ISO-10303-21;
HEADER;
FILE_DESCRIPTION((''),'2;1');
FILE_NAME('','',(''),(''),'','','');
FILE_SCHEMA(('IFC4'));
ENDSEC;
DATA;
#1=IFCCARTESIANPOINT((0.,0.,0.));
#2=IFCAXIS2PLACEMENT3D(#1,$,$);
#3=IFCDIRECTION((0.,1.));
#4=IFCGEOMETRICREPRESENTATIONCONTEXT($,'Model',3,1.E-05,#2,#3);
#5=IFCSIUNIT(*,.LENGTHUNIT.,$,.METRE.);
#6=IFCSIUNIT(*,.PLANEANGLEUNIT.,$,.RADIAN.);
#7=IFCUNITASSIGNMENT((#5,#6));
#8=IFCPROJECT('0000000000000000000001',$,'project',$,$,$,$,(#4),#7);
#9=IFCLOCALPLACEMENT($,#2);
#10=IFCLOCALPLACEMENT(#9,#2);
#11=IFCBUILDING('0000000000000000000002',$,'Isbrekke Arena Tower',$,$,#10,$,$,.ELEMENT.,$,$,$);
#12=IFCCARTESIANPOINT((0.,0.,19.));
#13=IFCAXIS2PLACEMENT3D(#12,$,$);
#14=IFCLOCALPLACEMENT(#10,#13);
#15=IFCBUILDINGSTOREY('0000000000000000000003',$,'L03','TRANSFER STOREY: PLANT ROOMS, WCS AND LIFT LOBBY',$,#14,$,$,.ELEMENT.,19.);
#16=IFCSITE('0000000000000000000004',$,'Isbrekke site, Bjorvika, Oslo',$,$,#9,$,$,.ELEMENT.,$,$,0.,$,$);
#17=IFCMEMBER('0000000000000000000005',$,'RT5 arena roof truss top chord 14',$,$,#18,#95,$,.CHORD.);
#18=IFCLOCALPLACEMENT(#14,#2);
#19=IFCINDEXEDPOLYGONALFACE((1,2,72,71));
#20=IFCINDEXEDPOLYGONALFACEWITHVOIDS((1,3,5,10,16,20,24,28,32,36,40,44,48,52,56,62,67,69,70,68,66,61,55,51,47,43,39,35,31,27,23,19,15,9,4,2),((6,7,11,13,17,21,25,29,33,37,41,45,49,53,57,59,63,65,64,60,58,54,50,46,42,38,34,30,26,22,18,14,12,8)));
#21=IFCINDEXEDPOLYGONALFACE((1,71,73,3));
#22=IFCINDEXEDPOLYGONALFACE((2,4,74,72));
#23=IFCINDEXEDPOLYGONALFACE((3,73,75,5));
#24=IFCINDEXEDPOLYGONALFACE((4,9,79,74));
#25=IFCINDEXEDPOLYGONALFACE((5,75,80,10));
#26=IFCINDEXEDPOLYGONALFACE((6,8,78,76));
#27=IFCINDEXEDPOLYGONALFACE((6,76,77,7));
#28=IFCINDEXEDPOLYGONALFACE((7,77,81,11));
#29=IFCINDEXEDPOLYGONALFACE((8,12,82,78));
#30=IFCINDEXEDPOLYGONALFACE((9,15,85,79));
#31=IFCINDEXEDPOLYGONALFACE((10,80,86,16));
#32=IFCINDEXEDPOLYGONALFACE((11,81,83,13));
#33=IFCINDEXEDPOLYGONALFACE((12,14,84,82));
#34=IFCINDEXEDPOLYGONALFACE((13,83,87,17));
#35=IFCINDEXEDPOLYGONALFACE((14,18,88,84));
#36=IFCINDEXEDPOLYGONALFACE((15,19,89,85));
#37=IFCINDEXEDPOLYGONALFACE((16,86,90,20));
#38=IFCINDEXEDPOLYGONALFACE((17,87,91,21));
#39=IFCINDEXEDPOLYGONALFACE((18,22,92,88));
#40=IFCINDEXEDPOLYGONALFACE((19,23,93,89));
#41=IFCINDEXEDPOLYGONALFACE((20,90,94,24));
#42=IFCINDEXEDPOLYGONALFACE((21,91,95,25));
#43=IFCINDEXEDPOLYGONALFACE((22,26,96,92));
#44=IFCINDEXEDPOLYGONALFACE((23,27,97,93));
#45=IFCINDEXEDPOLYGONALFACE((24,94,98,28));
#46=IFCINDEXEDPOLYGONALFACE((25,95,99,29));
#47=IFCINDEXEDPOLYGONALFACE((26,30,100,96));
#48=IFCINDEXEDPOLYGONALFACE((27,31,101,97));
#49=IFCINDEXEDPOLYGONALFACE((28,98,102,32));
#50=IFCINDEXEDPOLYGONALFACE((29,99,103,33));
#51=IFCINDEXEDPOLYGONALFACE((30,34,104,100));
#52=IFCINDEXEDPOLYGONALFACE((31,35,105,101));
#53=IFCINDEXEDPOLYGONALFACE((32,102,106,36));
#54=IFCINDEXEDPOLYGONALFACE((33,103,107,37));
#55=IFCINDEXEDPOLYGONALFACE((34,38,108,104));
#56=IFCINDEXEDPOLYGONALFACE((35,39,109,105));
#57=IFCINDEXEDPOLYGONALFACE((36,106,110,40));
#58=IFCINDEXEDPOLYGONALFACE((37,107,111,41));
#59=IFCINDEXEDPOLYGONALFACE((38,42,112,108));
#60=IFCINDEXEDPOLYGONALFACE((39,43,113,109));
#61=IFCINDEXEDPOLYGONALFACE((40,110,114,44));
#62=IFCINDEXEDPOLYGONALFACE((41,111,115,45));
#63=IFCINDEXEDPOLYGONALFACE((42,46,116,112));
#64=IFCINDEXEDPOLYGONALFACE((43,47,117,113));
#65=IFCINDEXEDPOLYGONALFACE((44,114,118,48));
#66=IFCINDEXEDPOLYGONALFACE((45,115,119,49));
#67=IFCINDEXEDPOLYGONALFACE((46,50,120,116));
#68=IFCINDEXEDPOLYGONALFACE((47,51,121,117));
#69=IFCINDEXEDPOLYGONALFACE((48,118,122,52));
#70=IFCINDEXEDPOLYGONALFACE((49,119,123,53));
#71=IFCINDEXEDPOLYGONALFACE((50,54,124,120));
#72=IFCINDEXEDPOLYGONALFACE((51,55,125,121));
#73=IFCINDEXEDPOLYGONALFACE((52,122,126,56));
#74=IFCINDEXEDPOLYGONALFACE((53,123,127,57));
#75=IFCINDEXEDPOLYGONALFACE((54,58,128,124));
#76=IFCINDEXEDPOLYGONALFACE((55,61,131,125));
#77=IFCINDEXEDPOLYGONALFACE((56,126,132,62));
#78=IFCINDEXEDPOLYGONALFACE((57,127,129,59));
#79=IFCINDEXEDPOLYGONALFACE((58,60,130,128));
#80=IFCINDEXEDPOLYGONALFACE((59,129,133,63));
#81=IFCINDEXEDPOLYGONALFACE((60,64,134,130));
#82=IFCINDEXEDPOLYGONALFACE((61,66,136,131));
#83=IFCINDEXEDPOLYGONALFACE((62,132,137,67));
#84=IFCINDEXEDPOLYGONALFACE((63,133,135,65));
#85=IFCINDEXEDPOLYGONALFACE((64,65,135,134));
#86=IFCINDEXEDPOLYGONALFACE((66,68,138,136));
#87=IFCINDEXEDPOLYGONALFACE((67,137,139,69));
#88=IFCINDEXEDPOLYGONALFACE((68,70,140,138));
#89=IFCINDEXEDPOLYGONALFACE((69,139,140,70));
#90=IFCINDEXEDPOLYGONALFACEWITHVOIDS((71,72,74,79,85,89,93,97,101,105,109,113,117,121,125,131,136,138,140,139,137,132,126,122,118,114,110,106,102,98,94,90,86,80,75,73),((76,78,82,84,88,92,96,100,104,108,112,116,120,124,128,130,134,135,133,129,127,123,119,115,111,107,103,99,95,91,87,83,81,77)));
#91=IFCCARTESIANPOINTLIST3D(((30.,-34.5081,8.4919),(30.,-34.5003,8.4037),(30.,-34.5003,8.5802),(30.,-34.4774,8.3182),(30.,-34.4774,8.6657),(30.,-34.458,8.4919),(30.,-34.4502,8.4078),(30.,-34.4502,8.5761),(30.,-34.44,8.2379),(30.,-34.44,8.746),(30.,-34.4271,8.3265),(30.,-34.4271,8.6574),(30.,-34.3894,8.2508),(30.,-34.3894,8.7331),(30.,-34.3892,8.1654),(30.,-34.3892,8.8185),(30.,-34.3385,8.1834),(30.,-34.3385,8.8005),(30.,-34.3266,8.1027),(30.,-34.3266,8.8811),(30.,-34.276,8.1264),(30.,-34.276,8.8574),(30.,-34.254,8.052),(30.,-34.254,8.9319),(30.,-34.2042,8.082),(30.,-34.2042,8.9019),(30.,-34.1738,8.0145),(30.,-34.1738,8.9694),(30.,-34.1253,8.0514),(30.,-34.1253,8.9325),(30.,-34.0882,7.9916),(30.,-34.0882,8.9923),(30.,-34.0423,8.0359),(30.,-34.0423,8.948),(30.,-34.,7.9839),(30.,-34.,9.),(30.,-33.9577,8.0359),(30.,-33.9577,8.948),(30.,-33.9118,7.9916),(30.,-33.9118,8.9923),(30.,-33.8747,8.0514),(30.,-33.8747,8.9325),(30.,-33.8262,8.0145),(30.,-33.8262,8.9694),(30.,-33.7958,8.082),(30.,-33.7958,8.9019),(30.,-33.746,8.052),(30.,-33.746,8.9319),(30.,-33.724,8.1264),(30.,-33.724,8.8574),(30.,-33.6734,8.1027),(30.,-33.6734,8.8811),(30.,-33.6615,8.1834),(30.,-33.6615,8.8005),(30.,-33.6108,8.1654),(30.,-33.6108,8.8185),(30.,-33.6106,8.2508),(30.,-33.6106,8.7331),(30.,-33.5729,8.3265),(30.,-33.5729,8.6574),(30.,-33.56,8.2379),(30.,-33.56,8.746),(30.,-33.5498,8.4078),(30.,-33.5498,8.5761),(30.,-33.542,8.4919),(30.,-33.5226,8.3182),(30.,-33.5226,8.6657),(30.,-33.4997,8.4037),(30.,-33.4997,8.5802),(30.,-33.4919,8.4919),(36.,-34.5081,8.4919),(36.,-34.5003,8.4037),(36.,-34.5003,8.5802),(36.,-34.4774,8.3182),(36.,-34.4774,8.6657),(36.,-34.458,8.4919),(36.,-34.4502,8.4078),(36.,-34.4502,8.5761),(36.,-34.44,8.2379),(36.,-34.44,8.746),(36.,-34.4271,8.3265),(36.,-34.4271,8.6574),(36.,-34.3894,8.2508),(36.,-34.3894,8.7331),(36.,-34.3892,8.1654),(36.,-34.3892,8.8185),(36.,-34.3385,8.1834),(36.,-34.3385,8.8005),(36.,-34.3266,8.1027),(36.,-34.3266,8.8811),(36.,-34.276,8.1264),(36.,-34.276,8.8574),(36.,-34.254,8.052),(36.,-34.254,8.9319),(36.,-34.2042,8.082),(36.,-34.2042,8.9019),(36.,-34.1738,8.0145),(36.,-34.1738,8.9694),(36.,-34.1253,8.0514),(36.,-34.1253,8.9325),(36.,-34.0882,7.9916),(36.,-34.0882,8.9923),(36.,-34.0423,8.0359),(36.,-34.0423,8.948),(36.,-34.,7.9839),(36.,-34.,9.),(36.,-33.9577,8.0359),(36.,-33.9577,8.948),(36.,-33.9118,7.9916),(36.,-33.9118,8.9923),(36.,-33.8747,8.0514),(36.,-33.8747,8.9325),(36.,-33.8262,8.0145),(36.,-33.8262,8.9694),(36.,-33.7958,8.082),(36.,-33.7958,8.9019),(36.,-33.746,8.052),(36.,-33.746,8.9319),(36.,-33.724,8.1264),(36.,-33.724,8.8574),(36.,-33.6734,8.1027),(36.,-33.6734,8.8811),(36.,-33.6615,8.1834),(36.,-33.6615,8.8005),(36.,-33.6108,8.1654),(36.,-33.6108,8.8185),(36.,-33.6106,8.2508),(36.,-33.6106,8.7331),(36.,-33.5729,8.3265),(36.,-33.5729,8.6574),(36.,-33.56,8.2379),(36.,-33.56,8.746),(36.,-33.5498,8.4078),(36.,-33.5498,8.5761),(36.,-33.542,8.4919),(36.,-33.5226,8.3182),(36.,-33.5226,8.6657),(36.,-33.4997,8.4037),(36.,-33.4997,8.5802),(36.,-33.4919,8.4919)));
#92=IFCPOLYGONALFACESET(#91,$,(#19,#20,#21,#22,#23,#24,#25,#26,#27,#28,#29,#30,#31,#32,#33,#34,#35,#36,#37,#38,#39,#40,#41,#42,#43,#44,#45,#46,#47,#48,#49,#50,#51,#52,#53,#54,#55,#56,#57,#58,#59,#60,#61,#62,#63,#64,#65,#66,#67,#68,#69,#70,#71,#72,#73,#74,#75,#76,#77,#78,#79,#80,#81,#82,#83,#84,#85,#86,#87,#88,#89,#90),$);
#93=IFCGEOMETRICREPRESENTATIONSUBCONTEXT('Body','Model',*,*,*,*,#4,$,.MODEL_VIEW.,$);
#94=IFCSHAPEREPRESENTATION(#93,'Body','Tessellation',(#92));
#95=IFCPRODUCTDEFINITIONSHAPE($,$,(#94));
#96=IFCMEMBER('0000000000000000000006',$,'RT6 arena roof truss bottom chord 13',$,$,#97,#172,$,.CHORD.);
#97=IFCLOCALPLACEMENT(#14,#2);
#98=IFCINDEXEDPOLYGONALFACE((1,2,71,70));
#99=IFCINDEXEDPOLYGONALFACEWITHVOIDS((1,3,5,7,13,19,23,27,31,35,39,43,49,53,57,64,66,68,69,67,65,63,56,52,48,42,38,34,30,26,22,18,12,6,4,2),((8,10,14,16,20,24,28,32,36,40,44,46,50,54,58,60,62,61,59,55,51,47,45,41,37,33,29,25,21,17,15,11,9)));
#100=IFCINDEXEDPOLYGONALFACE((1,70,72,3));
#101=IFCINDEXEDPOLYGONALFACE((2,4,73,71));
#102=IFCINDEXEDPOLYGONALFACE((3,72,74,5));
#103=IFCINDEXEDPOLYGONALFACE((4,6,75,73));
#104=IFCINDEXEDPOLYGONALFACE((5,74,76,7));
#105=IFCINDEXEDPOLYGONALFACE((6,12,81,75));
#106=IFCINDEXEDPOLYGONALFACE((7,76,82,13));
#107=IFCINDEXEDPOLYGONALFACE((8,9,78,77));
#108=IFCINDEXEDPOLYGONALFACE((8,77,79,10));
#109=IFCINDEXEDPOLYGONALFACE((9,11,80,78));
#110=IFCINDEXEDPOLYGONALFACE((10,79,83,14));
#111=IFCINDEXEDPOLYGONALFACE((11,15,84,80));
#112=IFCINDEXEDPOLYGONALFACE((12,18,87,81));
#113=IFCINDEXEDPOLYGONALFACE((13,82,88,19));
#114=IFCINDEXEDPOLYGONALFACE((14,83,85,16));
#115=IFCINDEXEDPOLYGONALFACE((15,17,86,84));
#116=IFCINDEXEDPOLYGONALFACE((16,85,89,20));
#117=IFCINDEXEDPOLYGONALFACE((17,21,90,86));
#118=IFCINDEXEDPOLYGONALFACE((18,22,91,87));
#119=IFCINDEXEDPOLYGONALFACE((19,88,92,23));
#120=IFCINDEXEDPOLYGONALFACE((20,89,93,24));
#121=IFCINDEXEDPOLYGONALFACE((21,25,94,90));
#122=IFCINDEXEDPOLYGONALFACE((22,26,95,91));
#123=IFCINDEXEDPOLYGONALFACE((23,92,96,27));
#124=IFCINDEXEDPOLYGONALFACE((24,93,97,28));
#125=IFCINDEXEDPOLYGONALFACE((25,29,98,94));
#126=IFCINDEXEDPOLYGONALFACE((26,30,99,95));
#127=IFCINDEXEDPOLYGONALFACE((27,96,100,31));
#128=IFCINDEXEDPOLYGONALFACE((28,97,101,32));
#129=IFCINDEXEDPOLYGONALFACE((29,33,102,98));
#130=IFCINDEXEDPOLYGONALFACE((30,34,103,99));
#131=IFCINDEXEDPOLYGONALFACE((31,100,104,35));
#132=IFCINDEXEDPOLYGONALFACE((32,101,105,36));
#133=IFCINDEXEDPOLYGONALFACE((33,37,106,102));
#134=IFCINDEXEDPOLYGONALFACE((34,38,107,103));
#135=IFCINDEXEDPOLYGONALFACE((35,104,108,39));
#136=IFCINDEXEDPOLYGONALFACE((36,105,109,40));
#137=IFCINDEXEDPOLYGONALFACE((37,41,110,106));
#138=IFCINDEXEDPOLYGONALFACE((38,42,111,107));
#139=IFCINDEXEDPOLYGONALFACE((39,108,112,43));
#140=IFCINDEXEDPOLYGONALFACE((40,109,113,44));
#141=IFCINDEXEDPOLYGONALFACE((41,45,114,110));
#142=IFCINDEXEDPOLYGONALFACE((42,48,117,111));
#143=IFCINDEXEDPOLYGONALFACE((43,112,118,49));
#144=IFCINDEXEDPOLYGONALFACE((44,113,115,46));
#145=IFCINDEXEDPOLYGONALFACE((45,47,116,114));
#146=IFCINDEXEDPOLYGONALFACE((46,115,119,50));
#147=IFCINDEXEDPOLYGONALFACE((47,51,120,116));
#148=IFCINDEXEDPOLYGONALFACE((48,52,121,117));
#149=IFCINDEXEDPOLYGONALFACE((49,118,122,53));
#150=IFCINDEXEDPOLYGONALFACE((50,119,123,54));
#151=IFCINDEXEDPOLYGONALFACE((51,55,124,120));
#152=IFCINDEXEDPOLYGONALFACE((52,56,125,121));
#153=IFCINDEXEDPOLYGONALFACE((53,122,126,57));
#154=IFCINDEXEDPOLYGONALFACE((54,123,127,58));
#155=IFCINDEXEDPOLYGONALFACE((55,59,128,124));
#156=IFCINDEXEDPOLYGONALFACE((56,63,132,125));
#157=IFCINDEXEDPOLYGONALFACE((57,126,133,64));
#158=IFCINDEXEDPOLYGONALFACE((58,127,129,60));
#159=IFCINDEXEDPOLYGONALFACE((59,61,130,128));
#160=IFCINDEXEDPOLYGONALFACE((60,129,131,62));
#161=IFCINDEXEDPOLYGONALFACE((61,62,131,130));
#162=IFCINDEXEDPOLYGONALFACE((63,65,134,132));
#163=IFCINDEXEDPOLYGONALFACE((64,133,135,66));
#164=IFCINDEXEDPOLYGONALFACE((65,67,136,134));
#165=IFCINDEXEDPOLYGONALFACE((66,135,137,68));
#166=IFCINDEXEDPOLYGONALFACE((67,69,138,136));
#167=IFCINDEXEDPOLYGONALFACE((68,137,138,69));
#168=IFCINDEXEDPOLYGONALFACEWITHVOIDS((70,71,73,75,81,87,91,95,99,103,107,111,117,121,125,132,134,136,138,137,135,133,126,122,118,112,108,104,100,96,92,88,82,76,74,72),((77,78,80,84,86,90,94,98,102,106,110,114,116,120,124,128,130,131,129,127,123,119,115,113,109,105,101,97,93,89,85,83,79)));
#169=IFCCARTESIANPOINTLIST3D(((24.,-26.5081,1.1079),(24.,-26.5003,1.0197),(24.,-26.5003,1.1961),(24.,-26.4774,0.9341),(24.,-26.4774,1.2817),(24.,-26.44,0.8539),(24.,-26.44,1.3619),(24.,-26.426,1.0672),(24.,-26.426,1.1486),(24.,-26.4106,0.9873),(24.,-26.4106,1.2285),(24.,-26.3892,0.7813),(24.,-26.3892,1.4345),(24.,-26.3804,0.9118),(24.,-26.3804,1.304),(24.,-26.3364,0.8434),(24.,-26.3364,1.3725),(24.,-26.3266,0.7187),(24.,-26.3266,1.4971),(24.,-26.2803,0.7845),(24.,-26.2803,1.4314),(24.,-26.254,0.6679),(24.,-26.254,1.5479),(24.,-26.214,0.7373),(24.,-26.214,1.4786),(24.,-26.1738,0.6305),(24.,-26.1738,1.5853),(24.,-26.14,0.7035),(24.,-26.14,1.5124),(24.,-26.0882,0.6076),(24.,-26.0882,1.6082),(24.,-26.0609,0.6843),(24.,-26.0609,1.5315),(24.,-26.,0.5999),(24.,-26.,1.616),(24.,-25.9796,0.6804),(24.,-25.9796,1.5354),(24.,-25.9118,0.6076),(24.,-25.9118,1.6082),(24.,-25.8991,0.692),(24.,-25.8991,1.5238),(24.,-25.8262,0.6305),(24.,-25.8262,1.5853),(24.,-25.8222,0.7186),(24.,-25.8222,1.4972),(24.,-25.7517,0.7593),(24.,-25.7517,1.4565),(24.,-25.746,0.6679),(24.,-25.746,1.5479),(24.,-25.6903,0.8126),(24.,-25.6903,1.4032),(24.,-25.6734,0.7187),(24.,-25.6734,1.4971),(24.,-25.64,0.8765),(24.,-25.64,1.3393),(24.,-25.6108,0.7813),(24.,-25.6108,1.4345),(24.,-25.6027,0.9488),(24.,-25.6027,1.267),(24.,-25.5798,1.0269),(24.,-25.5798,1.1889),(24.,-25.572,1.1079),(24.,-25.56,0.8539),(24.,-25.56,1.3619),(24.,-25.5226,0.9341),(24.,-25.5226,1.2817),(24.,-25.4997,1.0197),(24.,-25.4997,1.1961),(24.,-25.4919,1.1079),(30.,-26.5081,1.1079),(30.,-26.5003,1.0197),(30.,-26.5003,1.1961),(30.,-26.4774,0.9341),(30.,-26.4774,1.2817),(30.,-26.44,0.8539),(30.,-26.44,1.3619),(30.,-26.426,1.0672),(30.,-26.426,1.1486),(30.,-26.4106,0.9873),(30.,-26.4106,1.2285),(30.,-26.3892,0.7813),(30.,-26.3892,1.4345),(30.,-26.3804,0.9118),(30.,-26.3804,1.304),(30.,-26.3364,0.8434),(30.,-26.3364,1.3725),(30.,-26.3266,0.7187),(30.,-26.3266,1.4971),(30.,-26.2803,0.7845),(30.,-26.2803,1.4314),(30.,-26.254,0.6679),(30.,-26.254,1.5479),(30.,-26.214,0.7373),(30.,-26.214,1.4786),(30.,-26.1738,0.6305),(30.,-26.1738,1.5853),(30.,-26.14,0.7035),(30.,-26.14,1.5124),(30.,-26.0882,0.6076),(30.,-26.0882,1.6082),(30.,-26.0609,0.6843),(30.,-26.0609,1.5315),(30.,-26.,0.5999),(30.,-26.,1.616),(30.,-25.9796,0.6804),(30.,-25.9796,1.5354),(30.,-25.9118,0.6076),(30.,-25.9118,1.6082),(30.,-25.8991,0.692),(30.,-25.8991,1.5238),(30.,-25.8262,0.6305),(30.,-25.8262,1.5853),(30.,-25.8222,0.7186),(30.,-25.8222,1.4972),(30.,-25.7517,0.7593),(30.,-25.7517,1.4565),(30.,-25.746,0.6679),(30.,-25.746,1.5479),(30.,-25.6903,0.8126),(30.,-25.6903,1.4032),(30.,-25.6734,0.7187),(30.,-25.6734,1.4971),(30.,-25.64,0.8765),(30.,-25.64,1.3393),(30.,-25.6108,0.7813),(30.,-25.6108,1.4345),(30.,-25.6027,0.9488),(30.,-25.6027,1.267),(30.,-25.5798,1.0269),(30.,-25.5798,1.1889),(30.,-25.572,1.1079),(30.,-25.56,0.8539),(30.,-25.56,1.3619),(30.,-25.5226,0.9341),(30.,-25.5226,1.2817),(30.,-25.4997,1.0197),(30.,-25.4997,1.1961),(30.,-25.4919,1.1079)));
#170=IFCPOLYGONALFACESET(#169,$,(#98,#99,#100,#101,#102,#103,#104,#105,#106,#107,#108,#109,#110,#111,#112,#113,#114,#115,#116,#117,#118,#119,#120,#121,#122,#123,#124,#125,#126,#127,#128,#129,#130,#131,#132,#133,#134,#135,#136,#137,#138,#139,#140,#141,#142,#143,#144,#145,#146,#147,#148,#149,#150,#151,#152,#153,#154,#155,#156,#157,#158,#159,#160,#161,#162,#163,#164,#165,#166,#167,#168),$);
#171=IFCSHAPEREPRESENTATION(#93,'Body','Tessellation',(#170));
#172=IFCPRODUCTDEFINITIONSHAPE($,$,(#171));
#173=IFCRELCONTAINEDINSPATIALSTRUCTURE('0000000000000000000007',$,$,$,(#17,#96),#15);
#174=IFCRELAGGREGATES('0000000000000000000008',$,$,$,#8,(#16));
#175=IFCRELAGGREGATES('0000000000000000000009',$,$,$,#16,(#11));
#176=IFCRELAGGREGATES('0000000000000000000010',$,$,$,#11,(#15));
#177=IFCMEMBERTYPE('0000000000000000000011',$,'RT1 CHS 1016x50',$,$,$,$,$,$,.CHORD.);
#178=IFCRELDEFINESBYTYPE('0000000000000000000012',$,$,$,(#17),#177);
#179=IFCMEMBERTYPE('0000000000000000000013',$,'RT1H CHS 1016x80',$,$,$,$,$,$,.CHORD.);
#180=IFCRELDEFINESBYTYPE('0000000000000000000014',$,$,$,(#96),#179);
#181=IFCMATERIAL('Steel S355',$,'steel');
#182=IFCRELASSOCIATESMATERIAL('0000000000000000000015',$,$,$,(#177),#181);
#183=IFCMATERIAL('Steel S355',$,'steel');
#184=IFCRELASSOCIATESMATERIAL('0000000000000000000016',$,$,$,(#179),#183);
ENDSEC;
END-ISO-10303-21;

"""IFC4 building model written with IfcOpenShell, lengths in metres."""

from ifc_helpers import new_model, si_unit, direction, frame, origin, origin_2d, place, context, subcontext, project, spatial, hollow_circle, extrude, material, material_profile, profile_set, type_object, element, save


model = new_model("IFC4")

# Units and contexts
model_context = context("Model", 3, precision=1e-05, world=origin(), true_north=direction((0.0, 1.0)))
body_context = subcontext(model_context, "Body", "Model", "MODEL_VIEW")
ifc_project = project(units=[si_unit("LENGTHUNIT", "METRE"), si_unit("PLANEANGLEUNIT", "RADIAN")], contexts=[model_context])

# Site, building, storey
site_placement = place(None, origin())
site = spatial("IfcSite", under=ifc_project, at=site_placement, Name="Isbrekke site, Bjorvika, Oslo", CompositionType="ELEMENT", RefElevation=0.0)
building_placement = place(site_placement, origin())
building = spatial("IfcBuilding", under=site, at=building_placement, Name="Isbrekke Arena Tower", CompositionType="ELEMENT")
storey_placement = place(building_placement, frame((0.0, 0.0, 19.0)))
storey = spatial("IfcBuildingStorey", under=building, at=storey_placement, Name="L03", Description="TRANSFER STOREY: PLANT ROOMS, WCS AND LIFT LOBBY", CompositionType="ELEMENT", Elevation=19.0)

# Members
ifc_material_1 = material(Name="Steel S355", Category="steel")
ifc_material_profile_1 = material_profile(ifc_material_1, hollow_circle(Radius=0.5081, WallThickness=0.05, at=origin_2d()), Name="CHS 1016x50")
ifc_profile_set_1 = profile_set([ifc_material_profile_1], Name="Steel S355")
member_type_1 = type_object("IfcMemberType", Name="RT1 CHS 1016x50", PredefinedType="CHORD", material=ifc_profile_set_1)
for number, where, z_axis, x_axis, name in (
    (1, (30.0, -34.0, 8.4919), (1.0, 0.0, 0.0), (0.0, 1.0, 0.0), "RT5 arena roof truss top chord 14"),
):
    element("IfcMember", number, at=place(storey_placement, frame(where, z_axis=z_axis, x_axis=x_axis)), inside=storey, type_object=member_type_1, Name=name, PredefinedType="CHORD", context=body_context, shape_type="SweptSolid", body=[
        extrude(hollow_circle(Radius=0.5081, WallThickness=0.05, at=origin_2d()), origin(), (0.0, 0.0, 1.0), 6.0),
    ])
ifc_material_2 = material(Name="Steel S355", Category="steel")
ifc_material_profile_2 = material_profile(ifc_material_2, hollow_circle(Radius=0.5081, WallThickness=0.0801, at=origin_2d()), Name="CHS 1016x80")
ifc_profile_set_2 = profile_set([ifc_material_profile_2], Name="Steel S355")
member_type_2 = type_object("IfcMemberType", Name="RT1H CHS 1016x80", PredefinedType="CHORD", material=ifc_profile_set_2)
for number, where, z_axis, x_axis, name in (
    (2, (24.0, -26.0, 1.1079), (1.0, 0.0, 0.0), (0.0, 1.0, 0.0), "RT6 arena roof truss bottom chord 13"),
):
    element("IfcMember", number, at=place(storey_placement, frame(where, z_axis=z_axis, x_axis=x_axis)), inside=storey, type_object=member_type_2, Name=name, PredefinedType="CHORD", context=body_context, shape_type="SweptSolid", body=[
        extrude(hollow_circle(Radius=0.5081, WallThickness=0.0801, at=origin_2d()), origin(), (0.0, 0.0, 1.0), 6.0),
    ])

save(model, "model.ifc")
